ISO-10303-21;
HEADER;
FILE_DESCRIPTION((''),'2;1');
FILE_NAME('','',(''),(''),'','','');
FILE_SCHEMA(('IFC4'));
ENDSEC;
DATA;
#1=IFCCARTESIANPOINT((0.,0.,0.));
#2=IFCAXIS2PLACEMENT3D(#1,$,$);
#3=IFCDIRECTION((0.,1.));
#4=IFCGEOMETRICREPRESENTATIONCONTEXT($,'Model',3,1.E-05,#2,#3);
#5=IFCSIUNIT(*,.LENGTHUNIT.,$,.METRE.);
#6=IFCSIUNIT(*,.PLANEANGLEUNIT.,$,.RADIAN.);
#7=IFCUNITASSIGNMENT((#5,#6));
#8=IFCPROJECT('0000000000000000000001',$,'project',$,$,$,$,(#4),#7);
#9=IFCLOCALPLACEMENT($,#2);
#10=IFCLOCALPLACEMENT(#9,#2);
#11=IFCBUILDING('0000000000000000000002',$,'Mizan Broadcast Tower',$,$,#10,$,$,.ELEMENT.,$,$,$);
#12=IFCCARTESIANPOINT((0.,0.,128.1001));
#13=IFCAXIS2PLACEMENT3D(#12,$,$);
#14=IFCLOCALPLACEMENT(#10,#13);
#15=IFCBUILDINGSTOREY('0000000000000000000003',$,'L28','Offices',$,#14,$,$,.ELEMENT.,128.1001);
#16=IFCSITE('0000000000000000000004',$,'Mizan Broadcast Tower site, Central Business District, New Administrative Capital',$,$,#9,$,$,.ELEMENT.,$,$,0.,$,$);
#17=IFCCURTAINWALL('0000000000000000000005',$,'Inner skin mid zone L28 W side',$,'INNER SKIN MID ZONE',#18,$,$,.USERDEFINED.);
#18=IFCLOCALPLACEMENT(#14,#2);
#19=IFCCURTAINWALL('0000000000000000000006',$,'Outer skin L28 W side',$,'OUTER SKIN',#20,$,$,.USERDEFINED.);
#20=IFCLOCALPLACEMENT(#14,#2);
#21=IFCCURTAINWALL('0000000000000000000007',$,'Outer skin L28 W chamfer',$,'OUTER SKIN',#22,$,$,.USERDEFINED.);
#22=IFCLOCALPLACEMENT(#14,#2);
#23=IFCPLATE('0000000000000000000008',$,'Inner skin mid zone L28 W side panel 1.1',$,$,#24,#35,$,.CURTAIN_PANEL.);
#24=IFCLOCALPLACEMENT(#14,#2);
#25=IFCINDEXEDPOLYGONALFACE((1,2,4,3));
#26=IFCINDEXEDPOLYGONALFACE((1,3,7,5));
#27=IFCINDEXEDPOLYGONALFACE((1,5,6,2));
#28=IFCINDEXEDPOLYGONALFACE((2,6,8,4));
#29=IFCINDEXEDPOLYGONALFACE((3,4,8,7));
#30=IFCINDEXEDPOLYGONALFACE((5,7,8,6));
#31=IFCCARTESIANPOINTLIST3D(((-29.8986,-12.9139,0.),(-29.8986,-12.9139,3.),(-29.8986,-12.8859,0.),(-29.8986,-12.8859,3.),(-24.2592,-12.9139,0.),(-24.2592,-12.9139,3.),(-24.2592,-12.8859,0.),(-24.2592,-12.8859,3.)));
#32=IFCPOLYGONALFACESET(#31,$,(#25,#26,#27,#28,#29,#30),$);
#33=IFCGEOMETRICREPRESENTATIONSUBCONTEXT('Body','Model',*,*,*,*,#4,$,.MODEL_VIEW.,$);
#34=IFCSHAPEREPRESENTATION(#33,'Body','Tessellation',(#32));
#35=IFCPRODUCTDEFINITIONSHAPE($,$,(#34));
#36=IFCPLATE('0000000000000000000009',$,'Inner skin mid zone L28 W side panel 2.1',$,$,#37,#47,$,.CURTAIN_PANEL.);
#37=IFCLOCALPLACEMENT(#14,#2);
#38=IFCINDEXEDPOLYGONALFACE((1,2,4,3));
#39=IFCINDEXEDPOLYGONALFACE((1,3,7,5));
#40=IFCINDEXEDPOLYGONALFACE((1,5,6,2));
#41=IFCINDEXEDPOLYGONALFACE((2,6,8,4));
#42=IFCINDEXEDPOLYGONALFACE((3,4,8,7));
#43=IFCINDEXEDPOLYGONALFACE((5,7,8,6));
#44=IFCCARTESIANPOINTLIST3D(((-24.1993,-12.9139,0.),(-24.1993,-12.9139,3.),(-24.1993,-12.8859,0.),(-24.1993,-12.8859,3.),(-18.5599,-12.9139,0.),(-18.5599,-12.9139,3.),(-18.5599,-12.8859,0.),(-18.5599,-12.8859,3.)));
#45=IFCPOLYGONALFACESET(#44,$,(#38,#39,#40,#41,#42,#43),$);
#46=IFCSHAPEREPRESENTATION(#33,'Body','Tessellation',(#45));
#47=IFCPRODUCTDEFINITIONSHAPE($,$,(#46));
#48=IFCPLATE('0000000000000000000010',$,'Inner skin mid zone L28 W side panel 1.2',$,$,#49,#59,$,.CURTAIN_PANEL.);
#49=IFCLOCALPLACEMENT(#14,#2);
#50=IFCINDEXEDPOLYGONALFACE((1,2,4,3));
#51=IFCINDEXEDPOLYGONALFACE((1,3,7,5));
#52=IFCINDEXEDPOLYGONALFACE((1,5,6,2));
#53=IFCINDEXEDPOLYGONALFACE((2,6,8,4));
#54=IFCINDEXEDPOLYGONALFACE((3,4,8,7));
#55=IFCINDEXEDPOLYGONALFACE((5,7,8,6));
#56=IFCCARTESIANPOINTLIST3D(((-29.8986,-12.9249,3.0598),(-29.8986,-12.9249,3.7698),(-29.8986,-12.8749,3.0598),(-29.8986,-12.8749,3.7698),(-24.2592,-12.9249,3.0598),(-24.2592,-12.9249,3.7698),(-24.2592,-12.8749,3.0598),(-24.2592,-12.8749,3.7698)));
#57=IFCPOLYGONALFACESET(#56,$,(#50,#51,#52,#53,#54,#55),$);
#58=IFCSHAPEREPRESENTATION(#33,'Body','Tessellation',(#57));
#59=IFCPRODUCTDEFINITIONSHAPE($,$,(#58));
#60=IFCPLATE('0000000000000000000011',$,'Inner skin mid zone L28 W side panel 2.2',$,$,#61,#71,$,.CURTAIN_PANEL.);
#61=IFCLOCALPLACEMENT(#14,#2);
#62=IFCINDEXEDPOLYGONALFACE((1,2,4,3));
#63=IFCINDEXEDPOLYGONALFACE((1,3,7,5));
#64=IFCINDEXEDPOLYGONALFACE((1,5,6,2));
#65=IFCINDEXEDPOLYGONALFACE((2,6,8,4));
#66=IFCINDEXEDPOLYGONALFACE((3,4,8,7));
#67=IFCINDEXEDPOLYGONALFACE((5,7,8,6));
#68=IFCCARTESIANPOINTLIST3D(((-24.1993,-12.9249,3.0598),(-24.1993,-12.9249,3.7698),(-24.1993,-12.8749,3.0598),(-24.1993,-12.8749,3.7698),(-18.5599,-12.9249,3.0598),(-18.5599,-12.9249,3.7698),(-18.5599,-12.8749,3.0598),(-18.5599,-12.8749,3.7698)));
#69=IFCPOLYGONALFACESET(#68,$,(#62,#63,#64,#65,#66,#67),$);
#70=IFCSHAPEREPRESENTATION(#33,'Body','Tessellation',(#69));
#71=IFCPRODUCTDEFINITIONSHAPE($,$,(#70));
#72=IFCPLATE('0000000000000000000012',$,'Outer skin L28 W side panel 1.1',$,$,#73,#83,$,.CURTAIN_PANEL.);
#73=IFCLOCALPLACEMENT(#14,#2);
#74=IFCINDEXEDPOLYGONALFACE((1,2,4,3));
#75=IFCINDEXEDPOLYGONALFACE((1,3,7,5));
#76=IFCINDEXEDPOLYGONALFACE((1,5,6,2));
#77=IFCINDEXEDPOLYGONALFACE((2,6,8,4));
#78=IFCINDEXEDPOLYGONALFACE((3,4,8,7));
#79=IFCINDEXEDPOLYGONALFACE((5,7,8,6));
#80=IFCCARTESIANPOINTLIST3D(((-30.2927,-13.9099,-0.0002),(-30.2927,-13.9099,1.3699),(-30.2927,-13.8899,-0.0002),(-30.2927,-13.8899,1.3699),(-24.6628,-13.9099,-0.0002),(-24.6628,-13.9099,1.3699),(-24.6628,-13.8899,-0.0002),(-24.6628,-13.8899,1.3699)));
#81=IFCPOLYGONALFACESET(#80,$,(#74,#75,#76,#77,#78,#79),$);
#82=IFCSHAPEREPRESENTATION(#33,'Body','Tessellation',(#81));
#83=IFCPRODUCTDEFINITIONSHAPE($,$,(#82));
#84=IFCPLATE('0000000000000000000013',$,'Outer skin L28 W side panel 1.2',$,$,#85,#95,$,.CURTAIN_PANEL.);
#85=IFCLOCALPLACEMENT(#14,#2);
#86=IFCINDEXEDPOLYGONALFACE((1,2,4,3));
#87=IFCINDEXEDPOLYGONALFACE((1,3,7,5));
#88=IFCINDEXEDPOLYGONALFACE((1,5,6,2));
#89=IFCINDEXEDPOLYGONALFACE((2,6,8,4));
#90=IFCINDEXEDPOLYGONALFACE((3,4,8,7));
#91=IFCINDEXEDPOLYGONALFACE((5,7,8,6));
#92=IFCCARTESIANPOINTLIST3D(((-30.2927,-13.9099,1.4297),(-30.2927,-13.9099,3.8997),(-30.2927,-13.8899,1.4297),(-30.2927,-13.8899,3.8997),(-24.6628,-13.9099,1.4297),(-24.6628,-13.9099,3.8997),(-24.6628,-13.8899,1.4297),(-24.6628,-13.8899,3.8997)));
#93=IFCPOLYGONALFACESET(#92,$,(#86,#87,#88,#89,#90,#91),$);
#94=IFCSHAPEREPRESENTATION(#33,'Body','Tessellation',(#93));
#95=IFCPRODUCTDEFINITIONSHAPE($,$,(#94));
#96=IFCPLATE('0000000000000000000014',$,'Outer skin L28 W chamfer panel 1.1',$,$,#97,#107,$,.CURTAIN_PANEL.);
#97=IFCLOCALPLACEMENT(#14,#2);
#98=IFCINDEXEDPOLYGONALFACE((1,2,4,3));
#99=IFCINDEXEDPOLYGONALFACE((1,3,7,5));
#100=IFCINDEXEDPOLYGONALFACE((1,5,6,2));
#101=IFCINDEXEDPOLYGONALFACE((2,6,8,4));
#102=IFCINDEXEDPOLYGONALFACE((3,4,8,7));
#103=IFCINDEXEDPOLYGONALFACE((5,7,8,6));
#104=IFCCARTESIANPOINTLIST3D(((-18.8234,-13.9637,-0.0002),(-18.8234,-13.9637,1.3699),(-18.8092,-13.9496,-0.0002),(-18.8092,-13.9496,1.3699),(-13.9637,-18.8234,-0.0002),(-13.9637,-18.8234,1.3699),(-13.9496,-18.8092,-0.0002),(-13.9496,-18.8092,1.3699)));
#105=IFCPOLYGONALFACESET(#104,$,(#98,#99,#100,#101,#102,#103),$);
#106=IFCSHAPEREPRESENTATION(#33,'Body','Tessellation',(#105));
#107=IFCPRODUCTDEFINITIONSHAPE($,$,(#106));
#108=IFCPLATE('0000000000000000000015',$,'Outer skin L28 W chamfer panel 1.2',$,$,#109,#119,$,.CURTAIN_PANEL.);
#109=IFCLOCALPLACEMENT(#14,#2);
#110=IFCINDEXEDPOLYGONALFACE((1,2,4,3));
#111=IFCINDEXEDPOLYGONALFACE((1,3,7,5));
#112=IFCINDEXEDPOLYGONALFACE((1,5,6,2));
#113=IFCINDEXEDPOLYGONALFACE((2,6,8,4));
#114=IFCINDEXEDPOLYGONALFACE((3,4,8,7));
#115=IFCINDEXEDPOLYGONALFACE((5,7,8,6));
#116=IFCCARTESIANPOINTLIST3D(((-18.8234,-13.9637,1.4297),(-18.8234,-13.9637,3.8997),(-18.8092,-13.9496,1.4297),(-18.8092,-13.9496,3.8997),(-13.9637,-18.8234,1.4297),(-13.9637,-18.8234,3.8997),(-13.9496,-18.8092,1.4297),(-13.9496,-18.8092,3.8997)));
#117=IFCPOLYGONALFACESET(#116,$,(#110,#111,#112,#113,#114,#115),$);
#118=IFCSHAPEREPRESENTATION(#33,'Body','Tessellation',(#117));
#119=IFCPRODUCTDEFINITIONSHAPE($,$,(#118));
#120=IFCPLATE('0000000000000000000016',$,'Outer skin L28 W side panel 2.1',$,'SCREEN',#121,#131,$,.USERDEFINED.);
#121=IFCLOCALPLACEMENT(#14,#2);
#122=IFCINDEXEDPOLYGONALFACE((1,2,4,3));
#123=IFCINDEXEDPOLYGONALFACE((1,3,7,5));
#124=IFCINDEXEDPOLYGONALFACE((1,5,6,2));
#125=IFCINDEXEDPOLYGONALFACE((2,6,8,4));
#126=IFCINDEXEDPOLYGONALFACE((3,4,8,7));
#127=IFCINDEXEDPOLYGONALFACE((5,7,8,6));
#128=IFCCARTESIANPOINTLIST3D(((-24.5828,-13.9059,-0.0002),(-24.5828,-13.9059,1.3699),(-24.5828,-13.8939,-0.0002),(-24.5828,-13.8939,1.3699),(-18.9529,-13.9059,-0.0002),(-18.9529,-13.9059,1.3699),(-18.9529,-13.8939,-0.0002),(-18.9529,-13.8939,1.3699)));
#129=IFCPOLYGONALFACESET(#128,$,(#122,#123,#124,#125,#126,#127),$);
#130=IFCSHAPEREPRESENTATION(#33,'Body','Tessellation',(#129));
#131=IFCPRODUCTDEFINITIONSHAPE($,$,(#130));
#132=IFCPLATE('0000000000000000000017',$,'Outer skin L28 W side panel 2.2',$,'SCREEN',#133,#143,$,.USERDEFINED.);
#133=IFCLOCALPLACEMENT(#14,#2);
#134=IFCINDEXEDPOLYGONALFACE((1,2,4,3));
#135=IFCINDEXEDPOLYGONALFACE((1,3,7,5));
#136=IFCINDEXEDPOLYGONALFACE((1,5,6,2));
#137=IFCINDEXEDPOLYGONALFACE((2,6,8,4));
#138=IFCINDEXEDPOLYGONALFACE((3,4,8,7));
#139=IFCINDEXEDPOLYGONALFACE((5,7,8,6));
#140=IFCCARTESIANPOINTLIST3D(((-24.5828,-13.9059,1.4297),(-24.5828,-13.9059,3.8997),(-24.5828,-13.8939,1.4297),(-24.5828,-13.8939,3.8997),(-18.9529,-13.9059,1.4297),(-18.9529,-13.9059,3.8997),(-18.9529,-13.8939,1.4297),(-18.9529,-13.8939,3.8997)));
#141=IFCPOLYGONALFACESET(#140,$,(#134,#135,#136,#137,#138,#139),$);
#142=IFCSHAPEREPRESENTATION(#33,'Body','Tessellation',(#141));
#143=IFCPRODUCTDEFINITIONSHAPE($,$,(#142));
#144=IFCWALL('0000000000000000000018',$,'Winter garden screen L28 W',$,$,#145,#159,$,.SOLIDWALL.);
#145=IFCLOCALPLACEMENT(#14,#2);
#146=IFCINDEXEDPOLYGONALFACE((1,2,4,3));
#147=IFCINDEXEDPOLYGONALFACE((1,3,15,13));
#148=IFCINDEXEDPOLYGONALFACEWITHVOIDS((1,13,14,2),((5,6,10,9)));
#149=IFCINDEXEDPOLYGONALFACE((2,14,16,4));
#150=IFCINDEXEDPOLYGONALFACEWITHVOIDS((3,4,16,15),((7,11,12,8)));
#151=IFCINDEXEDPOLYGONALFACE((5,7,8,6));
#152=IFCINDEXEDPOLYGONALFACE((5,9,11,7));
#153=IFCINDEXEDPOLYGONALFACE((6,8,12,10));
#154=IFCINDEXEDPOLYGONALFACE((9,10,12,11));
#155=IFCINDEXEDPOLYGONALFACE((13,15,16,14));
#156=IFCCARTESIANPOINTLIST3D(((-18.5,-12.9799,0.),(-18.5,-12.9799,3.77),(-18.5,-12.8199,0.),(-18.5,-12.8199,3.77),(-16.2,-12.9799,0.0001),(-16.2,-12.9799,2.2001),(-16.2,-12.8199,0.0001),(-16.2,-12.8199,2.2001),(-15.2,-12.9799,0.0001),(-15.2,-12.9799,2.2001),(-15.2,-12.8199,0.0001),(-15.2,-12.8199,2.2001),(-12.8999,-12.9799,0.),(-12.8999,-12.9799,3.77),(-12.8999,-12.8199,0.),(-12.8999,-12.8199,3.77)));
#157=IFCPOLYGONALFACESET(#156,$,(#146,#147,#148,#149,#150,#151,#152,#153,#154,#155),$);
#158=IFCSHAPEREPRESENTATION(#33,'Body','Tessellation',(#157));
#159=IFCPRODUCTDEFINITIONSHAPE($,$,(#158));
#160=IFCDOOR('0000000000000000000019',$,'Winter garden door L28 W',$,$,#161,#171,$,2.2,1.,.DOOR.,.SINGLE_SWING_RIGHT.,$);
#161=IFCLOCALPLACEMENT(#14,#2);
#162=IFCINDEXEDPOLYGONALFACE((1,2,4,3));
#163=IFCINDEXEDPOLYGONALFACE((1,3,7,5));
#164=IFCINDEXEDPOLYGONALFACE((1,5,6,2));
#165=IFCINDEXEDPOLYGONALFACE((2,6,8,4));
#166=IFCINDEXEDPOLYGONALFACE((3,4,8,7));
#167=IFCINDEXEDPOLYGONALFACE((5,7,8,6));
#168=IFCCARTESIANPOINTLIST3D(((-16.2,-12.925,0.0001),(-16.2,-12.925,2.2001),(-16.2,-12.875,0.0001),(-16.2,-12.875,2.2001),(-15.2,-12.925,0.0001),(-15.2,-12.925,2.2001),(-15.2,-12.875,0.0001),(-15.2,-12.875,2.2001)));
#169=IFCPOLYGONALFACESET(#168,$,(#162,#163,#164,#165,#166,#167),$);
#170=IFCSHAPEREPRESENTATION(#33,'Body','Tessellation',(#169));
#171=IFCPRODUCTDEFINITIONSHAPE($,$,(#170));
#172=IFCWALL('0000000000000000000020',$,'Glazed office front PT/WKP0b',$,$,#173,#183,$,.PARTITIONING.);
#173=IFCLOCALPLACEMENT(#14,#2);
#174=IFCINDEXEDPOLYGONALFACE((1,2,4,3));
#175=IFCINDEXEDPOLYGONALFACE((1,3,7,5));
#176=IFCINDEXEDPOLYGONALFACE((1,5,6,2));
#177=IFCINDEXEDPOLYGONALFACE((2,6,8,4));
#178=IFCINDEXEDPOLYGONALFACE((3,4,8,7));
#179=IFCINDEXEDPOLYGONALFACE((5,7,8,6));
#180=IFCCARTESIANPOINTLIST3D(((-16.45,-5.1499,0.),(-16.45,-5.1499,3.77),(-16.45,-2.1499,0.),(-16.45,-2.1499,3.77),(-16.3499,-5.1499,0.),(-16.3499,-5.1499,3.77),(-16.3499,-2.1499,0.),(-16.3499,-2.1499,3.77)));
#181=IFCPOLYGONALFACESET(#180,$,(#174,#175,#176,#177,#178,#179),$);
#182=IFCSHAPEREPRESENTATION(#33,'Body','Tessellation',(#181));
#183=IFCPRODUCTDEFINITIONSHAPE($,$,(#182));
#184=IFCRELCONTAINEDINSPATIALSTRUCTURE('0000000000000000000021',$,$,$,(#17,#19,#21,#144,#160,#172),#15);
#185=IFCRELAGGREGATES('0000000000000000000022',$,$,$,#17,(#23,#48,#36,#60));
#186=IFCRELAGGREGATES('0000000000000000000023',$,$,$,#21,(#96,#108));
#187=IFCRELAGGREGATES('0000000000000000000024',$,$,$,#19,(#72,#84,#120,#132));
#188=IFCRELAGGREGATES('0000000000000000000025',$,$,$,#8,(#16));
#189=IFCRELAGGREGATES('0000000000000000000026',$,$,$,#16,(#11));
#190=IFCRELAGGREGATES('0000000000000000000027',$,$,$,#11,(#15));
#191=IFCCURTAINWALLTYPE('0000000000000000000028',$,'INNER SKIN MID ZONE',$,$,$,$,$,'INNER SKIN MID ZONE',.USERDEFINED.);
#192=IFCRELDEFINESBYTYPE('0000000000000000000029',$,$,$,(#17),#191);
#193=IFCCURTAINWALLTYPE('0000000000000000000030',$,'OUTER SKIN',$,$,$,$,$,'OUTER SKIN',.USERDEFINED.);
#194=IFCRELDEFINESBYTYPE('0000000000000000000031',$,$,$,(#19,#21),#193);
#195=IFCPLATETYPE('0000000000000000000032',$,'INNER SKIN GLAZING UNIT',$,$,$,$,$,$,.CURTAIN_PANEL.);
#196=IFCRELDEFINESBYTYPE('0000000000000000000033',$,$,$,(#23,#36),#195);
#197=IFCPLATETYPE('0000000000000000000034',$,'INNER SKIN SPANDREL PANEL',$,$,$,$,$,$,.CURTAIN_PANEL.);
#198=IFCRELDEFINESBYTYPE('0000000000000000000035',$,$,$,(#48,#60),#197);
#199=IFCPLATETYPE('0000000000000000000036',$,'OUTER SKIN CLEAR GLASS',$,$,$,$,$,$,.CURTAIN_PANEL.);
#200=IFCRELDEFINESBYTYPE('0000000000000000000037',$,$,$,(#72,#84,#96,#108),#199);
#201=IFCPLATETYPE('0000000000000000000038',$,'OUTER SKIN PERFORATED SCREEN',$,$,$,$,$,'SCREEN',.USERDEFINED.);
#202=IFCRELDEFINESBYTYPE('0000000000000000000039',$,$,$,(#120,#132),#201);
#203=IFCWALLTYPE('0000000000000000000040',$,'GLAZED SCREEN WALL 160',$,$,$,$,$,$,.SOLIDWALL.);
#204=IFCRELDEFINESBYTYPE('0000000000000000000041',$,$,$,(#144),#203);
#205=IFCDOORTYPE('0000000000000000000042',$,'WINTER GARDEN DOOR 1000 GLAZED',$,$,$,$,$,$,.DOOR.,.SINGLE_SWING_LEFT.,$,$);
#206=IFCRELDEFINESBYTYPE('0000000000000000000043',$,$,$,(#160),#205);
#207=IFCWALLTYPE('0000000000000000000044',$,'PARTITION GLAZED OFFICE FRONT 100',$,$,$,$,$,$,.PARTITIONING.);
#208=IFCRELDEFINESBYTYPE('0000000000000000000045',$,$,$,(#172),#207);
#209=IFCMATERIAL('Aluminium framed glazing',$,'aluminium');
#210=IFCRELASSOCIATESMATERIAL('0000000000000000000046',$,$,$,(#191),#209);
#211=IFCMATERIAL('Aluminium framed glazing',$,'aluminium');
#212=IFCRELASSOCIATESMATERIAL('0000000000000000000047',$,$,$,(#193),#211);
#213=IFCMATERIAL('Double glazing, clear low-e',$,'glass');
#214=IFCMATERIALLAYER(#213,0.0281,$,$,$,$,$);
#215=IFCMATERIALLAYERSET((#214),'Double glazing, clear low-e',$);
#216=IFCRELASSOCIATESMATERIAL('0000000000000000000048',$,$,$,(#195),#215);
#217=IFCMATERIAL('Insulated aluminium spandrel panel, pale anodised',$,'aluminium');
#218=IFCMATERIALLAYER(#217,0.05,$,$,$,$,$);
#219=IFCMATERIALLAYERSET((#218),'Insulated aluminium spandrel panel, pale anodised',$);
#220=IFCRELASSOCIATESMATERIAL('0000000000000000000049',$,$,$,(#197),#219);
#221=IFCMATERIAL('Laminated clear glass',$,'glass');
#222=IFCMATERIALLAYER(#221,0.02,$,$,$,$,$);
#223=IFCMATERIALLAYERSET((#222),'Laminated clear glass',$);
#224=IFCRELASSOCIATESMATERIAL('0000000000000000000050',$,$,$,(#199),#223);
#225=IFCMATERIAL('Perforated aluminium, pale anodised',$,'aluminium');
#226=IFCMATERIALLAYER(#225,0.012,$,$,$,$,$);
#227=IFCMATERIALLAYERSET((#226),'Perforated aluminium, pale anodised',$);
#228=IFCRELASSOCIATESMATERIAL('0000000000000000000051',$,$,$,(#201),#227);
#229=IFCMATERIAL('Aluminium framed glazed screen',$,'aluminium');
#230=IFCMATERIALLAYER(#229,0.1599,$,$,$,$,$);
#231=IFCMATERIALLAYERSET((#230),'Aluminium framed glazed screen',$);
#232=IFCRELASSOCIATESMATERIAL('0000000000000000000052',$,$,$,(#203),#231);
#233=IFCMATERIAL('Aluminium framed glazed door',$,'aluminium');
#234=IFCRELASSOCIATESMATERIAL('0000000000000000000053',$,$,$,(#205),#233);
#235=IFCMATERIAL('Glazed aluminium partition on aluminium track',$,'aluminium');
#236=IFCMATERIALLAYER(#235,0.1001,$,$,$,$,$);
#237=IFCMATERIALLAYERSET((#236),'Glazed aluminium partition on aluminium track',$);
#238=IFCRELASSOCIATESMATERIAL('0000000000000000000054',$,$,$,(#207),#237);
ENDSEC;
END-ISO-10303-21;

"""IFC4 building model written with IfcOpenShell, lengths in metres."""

from ifc_helpers import new_model, si_unit, direction, frame, frame_2d, origin, origin_2d, place, context, subcontext, project, spatial, rectangle, extrude, material, layer, layer_set, type_object, element, fill, aggregate, save


model = new_model("IFC4")

# Units and contexts
model_context = context("Model", 3, precision=1e-05, world=origin(), true_north=direction((0.0, 1.0)))
body_context = subcontext(model_context, "Body", "Model", "MODEL_VIEW")
ifc_project = project(units=[si_unit("LENGTHUNIT", "METRE"), si_unit("PLANEANGLEUNIT", "RADIAN")], contexts=[model_context])

# Site, building, storey
site_placement = place(None, origin())
site = spatial("IfcSite", under=ifc_project, at=site_placement, Name="Mizan Broadcast Tower site, Central Business District, New Administrative Capital", CompositionType="ELEMENT", RefElevation=0.0)
building_placement = place(site_placement, origin())
building = spatial("IfcBuilding", under=site, at=building_placement, Name="Mizan Broadcast Tower", CompositionType="ELEMENT")
storey_placement = place(building_placement, frame((0.0, 0.0, 128.1001)))
storey = spatial("IfcBuildingStorey", under=building, at=storey_placement, Name="L28", Description="Offices", CompositionType="ELEMENT", Elevation=128.1001)

# Curtain walls
ifc_material_1 = material(Name="Aluminium framed glazing", Category="aluminium")
curtain_wall_type_1 = type_object("IfcCurtainWallType", Name="INNER SKIN MID ZONE", ElementType="INNER SKIN MID ZONE", PredefinedType="USERDEFINED", material=ifc_material_1)
curtain_wall_1_placement = place(storey_placement, origin())
curtain_wall_1 = element("IfcCurtainWall", 1, at=curtain_wall_1_placement, inside=storey, type_object=curtain_wall_type_1, Name="Inner skin mid zone L28 W side", ObjectType="INNER SKIN MID ZONE", PredefinedType="USERDEFINED")
ifc_material_2 = material(Name="Aluminium framed glazing", Category="aluminium")
curtain_wall_type_2 = type_object("IfcCurtainWallType", Name="OUTER SKIN", ElementType="OUTER SKIN", PredefinedType="USERDEFINED", material=ifc_material_2)
curtain_wall_2_placement = place(storey_placement, origin())
curtain_wall_2 = element("IfcCurtainWall", 2, at=curtain_wall_2_placement, inside=storey, type_object=curtain_wall_type_2, Name="Outer skin L28 W side", ObjectType="OUTER SKIN", PredefinedType="USERDEFINED")

# Curtain wall
curtain_wall_3_placement = place(storey_placement, origin())
curtain_wall_3 = element("IfcCurtainWall", 3, at=curtain_wall_3_placement, inside=storey, type_object=curtain_wall_type_2, Name="Outer skin L28 W chamfer", ObjectType="OUTER SKIN", PredefinedType="USERDEFINED")

# Plates
ifc_material_3 = material(Name="Double glazing, clear low-e", Category="glass")
ifc_layer_1 = layer(ifc_material_3, 0.0281)
ifc_layer_set_1 = layer_set([ifc_layer_1], Name="Double glazing, clear low-e")
plate_type_1 = type_object("IfcPlateType", Name="INNER SKIN GLAZING UNIT", PredefinedType="CURTAIN_PANEL", material=ifc_layer_set_1)
plate_1_placement = place(storey_placement, frame((-27.0789, -12.8999, 0.0), z_axis=(0.0, 0.0, 1.0), x_axis=(1.0, 0.0, 0.0)))
plate_1 = element("IfcPlate", 4, at=plate_1_placement, type_object=plate_type_1, Name="Inner skin mid zone L28 W side panel 1.1", PredefinedType="CURTAIN_PANEL", context=body_context, shape_type="SweptSolid", body=[
    extrude(rectangle(XDim=5.6394, YDim=0.0281, at=origin_2d()), origin(), (0.0, 0.0, 1.0), 3.0),
])
plate_2_placement = place(storey_placement, frame((-21.3796, -12.8999, 0.0), z_axis=(0.0, 0.0, 1.0), x_axis=(1.0, 0.0, 0.0)))
plate_2 = element("IfcPlate", 5, at=plate_2_placement, type_object=plate_type_1, Name="Inner skin mid zone L28 W side panel 2.1", PredefinedType="CURTAIN_PANEL", context=body_context, shape_type="SweptSolid", body=[
    extrude(rectangle(XDim=5.6394, YDim=0.0281, at=origin_2d()), origin(), (0.0, 0.0, 1.0), 3.0),
])
ifc_material_4 = material(Name="Insulated aluminium spandrel panel, pale anodised", Category="aluminium")
ifc_layer_2 = layer(ifc_material_4, 0.05)
ifc_layer_set_2 = layer_set([ifc_layer_2], Name="Insulated aluminium spandrel panel, pale anodised")
plate_type_2 = type_object("IfcPlateType", Name="INNER SKIN SPANDREL PANEL", PredefinedType="CURTAIN_PANEL", material=ifc_layer_set_2)
plate_3_placement = place(storey_placement, frame((-27.0789, -12.8999, 3.0598), z_axis=(0.0, 0.0, 1.0), x_axis=(1.0, 0.0, 0.0)))
plate_3 = element("IfcPlate", 6, at=plate_3_placement, type_object=plate_type_2, Name="Inner skin mid zone L28 W side panel 1.2", PredefinedType="CURTAIN_PANEL", context=body_context, shape_type="SweptSolid", body=[
    extrude(rectangle(XDim=5.6394, YDim=0.05, at=origin_2d()), origin(), (0.0, 0.0, 1.0), 0.71),
])
plate_4_placement = place(storey_placement, frame((-21.3796, -12.8999, 3.0598), z_axis=(0.0, 0.0, 1.0), x_axis=(1.0, 0.0, 0.0)))
plate_4 = element("IfcPlate", 7, at=plate_4_placement, type_object=plate_type_2, Name="Inner skin mid zone L28 W side panel 2.2", PredefinedType="CURTAIN_PANEL", context=body_context, shape_type="SweptSolid", body=[
    extrude(rectangle(XDim=5.6394, YDim=0.05, at=origin_2d()), origin(), (0.0, 0.0, 1.0), 0.71),
])
aggregate(curtain_wall_1, [plate_1, plate_3, plate_2, plate_4])
ifc_material_5 = material(Name="Laminated clear glass", Category="glass")
ifc_layer_3 = layer(ifc_material_5, 0.02)
ifc_layer_set_3 = layer_set([ifc_layer_3], Name="Laminated clear glass")
plate_type_3 = type_object("IfcPlateType", Name="OUTER SKIN CLEAR GLASS", PredefinedType="CURTAIN_PANEL", material=ifc_layer_set_3)
plate_5_placement = place(storey_placement, frame((-27.4778, -13.8999, -0.0002), z_axis=(0.0, 0.0, 1.0), x_axis=(1.0, 0.0, 0.0)))
plate_5 = element("IfcPlate", 8, at=plate_5_placement, type_object=plate_type_3, Name="Outer skin L28 W side panel 1.1", PredefinedType="CURTAIN_PANEL", context=body_context, shape_type="SweptSolid", body=[
    extrude(rectangle(XDim=5.6299, YDim=0.02, at=origin_2d()), origin(), (0.0, 0.0, 1.0), 1.3701),
])
plate_6_placement = place(storey_placement, frame((-27.4778, -13.8999, 1.4297), z_axis=(0.0, 0.0, 1.0), x_axis=(1.0, 0.0, 0.0)))
plate_6 = element("IfcPlate", 9, at=plate_6_placement, type_object=plate_type_3, Name="Outer skin L28 W side panel 1.2", PredefinedType="CURTAIN_PANEL", context=body_context, shape_type="SweptSolid", body=[
    extrude(rectangle(XDim=5.6299, YDim=0.02, at=origin_2d()), origin(), (0.0, 0.0, 1.0), 2.47),
])
plate_7_placement = place(storey_placement, frame((-16.3865, -16.3865, -0.0002), z_axis=(0.0, 0.0, 1.0), x_axis=(0.707107, -0.707107, 0.0)))
plate_7 = element("IfcPlate", 10, at=plate_7_placement, type_object=plate_type_3, Name="Outer skin L28 W chamfer panel 1.1", PredefinedType="CURTAIN_PANEL", context=body_context, shape_type="SweptSolid", body=[
    extrude(rectangle(XDim=6.8726, YDim=0.02, at=origin_2d()), origin(), (0.0, 0.0, 1.0), 1.3701),
])
plate_8_placement = place(storey_placement, frame((-16.3865, -16.3865, 1.4297), z_axis=(0.0, 0.0, 1.0), x_axis=(0.707107, -0.707107, 0.0)))
plate_8 = element("IfcPlate", 11, at=plate_8_placement, type_object=plate_type_3, Name="Outer skin L28 W chamfer panel 1.2", PredefinedType="CURTAIN_PANEL", context=body_context, shape_type="SweptSolid", body=[
    extrude(rectangle(XDim=6.8726, YDim=0.02, at=origin_2d()), origin(), (0.0, 0.0, 1.0), 2.47),
])
aggregate(curtain_wall_3, [plate_7, plate_8])
ifc_material_6 = material(Name="Perforated aluminium, pale anodised", Category="aluminium")
ifc_layer_4 = layer(ifc_material_6, 0.012)
ifc_layer_set_4 = layer_set([ifc_layer_4], Name="Perforated aluminium, pale anodised")
plate_type_4 = type_object("IfcPlateType", Name="OUTER SKIN PERFORATED SCREEN", ElementType="SCREEN", PredefinedType="USERDEFINED", material=ifc_layer_set_4)
plate_9_placement = place(storey_placement, frame((-21.7678, -13.8999, -0.0002), z_axis=(0.0, 0.0, 1.0), x_axis=(1.0, 0.0, 0.0)))
plate_9 = element("IfcPlate", 12, at=plate_9_placement, type_object=plate_type_4, Name="Outer skin L28 W side panel 2.1", ObjectType="SCREEN", PredefinedType="USERDEFINED", context=body_context, shape_type="SweptSolid", body=[
    extrude(rectangle(XDim=5.6299, YDim=0.012, at=origin_2d()), origin(), (0.0, 0.0, 1.0), 1.3701),
])
plate_10_placement = place(storey_placement, frame((-21.7678, -13.8999, 1.4297), z_axis=(0.0, 0.0, 1.0), x_axis=(1.0, 0.0, 0.0)))
plate_10 = element("IfcPlate", 13, at=plate_10_placement, type_object=plate_type_4, Name="Outer skin L28 W side panel 2.2", ObjectType="SCREEN", PredefinedType="USERDEFINED", context=body_context, shape_type="SweptSolid", body=[
    extrude(rectangle(XDim=5.6299, YDim=0.012, at=origin_2d()), origin(), (0.0, 0.0, 1.0), 2.47),
])
aggregate(curtain_wall_2, [plate_5, plate_6, plate_9, plate_10])

# Wall, opening, door
ifc_material_7 = material(Name="Aluminium framed glazed screen", Category="aluminium")
ifc_layer_5 = layer(ifc_material_7, 0.1599)
ifc_layer_set_5 = layer_set([ifc_layer_5], Name="Aluminium framed glazed screen")
wall_type_1 = type_object("IfcWallType", Name="GLAZED SCREEN WALL 160", PredefinedType="SOLIDWALL", material=ifc_layer_set_5)
wall_1_placement = place(storey_placement, frame((-18.5, -12.8999, 0.0), z_axis=(0.0, 0.0, 1.0), x_axis=(1.0, 0.0, 0.0)))
wall_1 = element("IfcWall", 14, at=wall_1_placement, inside=storey, type_object=wall_type_1, Name="Winter garden screen L28 W", PredefinedType="SOLIDWALL", context=body_context, shape_type="SweptSolid", body=[
    extrude(rectangle(XDim=5.6001, YDim=0.1599, at=frame_2d((2.8, 0.0))), origin(), (0.0, 0.0, 1.0), 3.77),
])
opening_placement = place(wall_1_placement, frame((2.3, 0.0, 0.0)))
opening = element("IfcOpeningElement", 15, at=opening_placement, cuts=wall_1, PredefinedType="OPENING", context=body_context, shape_type="SweptSolid", body=[
    extrude(rectangle(XDim=1.0, YDim=2.2, at=frame_2d((0.5, 1.1001))), frame((0.0, 0.0898, 0.0), z_axis=(0.0, -1.0, 0.0), x_axis=(1.0, 0.0, 0.0)), (0.0, 0.0, 1.0), 0.1799),
])
ifc_material_8 = material(Name="Aluminium framed glazed door", Category="aluminium")
door_type = type_object("IfcDoorType", Name="WINTER GARDEN DOOR 1000 GLAZED", OperationType="SINGLE_SWING_LEFT", PredefinedType="DOOR", material=ifc_material_8)
door_placement = place(opening_placement, origin())
door = element("IfcDoor", 16, at=door_placement, inside=storey, type_object=door_type, Name="Winter garden door L28 W", OperationType="SINGLE_SWING_RIGHT", OverallHeight=2.2, OverallWidth=1.0, PredefinedType="DOOR", context=body_context, shape_type="SweptSolid", body=[
    extrude(rectangle(XDim=1.0, YDim=2.2, at=frame_2d((0.5, 1.1001))), frame((0.0, 0.0249, 0.0), z_axis=(0.0, -1.0, 0.0), x_axis=(1.0, 0.0, 0.0)), (0.0, 0.0, 1.0), 0.05),
])
fill(opening, door)

# Wall
ifc_material_9 = material(Name="Glazed aluminium partition on aluminium track", Category="aluminium")
ifc_layer_6 = layer(ifc_material_9, 0.1001)
ifc_layer_set_6 = layer_set([ifc_layer_6], Name="Glazed aluminium partition on aluminium track")
wall_type_2 = type_object("IfcWallType", Name="PARTITION GLAZED OFFICE FRONT 100", PredefinedType="PARTITIONING", material=ifc_layer_set_6)
wall_2_placement = place(storey_placement, frame((-16.3999, -2.1499, 0.0), z_axis=(0.0, 0.0, 1.0), x_axis=(0.0, -1.0, 0.0)))
element("IfcWall", 17, at=wall_2_placement, inside=storey, type_object=wall_type_2, Name="Glazed office front PT/WKP0b", PredefinedType="PARTITIONING", context=body_context, shape_type="SweptSolid", body=[
    extrude(rectangle(XDim=3.0, YDim=0.1001, at=frame_2d((1.5, 0.0))), origin(), (0.0, 0.0, 1.0), 3.77),
])

save(model, "model.ifc")
